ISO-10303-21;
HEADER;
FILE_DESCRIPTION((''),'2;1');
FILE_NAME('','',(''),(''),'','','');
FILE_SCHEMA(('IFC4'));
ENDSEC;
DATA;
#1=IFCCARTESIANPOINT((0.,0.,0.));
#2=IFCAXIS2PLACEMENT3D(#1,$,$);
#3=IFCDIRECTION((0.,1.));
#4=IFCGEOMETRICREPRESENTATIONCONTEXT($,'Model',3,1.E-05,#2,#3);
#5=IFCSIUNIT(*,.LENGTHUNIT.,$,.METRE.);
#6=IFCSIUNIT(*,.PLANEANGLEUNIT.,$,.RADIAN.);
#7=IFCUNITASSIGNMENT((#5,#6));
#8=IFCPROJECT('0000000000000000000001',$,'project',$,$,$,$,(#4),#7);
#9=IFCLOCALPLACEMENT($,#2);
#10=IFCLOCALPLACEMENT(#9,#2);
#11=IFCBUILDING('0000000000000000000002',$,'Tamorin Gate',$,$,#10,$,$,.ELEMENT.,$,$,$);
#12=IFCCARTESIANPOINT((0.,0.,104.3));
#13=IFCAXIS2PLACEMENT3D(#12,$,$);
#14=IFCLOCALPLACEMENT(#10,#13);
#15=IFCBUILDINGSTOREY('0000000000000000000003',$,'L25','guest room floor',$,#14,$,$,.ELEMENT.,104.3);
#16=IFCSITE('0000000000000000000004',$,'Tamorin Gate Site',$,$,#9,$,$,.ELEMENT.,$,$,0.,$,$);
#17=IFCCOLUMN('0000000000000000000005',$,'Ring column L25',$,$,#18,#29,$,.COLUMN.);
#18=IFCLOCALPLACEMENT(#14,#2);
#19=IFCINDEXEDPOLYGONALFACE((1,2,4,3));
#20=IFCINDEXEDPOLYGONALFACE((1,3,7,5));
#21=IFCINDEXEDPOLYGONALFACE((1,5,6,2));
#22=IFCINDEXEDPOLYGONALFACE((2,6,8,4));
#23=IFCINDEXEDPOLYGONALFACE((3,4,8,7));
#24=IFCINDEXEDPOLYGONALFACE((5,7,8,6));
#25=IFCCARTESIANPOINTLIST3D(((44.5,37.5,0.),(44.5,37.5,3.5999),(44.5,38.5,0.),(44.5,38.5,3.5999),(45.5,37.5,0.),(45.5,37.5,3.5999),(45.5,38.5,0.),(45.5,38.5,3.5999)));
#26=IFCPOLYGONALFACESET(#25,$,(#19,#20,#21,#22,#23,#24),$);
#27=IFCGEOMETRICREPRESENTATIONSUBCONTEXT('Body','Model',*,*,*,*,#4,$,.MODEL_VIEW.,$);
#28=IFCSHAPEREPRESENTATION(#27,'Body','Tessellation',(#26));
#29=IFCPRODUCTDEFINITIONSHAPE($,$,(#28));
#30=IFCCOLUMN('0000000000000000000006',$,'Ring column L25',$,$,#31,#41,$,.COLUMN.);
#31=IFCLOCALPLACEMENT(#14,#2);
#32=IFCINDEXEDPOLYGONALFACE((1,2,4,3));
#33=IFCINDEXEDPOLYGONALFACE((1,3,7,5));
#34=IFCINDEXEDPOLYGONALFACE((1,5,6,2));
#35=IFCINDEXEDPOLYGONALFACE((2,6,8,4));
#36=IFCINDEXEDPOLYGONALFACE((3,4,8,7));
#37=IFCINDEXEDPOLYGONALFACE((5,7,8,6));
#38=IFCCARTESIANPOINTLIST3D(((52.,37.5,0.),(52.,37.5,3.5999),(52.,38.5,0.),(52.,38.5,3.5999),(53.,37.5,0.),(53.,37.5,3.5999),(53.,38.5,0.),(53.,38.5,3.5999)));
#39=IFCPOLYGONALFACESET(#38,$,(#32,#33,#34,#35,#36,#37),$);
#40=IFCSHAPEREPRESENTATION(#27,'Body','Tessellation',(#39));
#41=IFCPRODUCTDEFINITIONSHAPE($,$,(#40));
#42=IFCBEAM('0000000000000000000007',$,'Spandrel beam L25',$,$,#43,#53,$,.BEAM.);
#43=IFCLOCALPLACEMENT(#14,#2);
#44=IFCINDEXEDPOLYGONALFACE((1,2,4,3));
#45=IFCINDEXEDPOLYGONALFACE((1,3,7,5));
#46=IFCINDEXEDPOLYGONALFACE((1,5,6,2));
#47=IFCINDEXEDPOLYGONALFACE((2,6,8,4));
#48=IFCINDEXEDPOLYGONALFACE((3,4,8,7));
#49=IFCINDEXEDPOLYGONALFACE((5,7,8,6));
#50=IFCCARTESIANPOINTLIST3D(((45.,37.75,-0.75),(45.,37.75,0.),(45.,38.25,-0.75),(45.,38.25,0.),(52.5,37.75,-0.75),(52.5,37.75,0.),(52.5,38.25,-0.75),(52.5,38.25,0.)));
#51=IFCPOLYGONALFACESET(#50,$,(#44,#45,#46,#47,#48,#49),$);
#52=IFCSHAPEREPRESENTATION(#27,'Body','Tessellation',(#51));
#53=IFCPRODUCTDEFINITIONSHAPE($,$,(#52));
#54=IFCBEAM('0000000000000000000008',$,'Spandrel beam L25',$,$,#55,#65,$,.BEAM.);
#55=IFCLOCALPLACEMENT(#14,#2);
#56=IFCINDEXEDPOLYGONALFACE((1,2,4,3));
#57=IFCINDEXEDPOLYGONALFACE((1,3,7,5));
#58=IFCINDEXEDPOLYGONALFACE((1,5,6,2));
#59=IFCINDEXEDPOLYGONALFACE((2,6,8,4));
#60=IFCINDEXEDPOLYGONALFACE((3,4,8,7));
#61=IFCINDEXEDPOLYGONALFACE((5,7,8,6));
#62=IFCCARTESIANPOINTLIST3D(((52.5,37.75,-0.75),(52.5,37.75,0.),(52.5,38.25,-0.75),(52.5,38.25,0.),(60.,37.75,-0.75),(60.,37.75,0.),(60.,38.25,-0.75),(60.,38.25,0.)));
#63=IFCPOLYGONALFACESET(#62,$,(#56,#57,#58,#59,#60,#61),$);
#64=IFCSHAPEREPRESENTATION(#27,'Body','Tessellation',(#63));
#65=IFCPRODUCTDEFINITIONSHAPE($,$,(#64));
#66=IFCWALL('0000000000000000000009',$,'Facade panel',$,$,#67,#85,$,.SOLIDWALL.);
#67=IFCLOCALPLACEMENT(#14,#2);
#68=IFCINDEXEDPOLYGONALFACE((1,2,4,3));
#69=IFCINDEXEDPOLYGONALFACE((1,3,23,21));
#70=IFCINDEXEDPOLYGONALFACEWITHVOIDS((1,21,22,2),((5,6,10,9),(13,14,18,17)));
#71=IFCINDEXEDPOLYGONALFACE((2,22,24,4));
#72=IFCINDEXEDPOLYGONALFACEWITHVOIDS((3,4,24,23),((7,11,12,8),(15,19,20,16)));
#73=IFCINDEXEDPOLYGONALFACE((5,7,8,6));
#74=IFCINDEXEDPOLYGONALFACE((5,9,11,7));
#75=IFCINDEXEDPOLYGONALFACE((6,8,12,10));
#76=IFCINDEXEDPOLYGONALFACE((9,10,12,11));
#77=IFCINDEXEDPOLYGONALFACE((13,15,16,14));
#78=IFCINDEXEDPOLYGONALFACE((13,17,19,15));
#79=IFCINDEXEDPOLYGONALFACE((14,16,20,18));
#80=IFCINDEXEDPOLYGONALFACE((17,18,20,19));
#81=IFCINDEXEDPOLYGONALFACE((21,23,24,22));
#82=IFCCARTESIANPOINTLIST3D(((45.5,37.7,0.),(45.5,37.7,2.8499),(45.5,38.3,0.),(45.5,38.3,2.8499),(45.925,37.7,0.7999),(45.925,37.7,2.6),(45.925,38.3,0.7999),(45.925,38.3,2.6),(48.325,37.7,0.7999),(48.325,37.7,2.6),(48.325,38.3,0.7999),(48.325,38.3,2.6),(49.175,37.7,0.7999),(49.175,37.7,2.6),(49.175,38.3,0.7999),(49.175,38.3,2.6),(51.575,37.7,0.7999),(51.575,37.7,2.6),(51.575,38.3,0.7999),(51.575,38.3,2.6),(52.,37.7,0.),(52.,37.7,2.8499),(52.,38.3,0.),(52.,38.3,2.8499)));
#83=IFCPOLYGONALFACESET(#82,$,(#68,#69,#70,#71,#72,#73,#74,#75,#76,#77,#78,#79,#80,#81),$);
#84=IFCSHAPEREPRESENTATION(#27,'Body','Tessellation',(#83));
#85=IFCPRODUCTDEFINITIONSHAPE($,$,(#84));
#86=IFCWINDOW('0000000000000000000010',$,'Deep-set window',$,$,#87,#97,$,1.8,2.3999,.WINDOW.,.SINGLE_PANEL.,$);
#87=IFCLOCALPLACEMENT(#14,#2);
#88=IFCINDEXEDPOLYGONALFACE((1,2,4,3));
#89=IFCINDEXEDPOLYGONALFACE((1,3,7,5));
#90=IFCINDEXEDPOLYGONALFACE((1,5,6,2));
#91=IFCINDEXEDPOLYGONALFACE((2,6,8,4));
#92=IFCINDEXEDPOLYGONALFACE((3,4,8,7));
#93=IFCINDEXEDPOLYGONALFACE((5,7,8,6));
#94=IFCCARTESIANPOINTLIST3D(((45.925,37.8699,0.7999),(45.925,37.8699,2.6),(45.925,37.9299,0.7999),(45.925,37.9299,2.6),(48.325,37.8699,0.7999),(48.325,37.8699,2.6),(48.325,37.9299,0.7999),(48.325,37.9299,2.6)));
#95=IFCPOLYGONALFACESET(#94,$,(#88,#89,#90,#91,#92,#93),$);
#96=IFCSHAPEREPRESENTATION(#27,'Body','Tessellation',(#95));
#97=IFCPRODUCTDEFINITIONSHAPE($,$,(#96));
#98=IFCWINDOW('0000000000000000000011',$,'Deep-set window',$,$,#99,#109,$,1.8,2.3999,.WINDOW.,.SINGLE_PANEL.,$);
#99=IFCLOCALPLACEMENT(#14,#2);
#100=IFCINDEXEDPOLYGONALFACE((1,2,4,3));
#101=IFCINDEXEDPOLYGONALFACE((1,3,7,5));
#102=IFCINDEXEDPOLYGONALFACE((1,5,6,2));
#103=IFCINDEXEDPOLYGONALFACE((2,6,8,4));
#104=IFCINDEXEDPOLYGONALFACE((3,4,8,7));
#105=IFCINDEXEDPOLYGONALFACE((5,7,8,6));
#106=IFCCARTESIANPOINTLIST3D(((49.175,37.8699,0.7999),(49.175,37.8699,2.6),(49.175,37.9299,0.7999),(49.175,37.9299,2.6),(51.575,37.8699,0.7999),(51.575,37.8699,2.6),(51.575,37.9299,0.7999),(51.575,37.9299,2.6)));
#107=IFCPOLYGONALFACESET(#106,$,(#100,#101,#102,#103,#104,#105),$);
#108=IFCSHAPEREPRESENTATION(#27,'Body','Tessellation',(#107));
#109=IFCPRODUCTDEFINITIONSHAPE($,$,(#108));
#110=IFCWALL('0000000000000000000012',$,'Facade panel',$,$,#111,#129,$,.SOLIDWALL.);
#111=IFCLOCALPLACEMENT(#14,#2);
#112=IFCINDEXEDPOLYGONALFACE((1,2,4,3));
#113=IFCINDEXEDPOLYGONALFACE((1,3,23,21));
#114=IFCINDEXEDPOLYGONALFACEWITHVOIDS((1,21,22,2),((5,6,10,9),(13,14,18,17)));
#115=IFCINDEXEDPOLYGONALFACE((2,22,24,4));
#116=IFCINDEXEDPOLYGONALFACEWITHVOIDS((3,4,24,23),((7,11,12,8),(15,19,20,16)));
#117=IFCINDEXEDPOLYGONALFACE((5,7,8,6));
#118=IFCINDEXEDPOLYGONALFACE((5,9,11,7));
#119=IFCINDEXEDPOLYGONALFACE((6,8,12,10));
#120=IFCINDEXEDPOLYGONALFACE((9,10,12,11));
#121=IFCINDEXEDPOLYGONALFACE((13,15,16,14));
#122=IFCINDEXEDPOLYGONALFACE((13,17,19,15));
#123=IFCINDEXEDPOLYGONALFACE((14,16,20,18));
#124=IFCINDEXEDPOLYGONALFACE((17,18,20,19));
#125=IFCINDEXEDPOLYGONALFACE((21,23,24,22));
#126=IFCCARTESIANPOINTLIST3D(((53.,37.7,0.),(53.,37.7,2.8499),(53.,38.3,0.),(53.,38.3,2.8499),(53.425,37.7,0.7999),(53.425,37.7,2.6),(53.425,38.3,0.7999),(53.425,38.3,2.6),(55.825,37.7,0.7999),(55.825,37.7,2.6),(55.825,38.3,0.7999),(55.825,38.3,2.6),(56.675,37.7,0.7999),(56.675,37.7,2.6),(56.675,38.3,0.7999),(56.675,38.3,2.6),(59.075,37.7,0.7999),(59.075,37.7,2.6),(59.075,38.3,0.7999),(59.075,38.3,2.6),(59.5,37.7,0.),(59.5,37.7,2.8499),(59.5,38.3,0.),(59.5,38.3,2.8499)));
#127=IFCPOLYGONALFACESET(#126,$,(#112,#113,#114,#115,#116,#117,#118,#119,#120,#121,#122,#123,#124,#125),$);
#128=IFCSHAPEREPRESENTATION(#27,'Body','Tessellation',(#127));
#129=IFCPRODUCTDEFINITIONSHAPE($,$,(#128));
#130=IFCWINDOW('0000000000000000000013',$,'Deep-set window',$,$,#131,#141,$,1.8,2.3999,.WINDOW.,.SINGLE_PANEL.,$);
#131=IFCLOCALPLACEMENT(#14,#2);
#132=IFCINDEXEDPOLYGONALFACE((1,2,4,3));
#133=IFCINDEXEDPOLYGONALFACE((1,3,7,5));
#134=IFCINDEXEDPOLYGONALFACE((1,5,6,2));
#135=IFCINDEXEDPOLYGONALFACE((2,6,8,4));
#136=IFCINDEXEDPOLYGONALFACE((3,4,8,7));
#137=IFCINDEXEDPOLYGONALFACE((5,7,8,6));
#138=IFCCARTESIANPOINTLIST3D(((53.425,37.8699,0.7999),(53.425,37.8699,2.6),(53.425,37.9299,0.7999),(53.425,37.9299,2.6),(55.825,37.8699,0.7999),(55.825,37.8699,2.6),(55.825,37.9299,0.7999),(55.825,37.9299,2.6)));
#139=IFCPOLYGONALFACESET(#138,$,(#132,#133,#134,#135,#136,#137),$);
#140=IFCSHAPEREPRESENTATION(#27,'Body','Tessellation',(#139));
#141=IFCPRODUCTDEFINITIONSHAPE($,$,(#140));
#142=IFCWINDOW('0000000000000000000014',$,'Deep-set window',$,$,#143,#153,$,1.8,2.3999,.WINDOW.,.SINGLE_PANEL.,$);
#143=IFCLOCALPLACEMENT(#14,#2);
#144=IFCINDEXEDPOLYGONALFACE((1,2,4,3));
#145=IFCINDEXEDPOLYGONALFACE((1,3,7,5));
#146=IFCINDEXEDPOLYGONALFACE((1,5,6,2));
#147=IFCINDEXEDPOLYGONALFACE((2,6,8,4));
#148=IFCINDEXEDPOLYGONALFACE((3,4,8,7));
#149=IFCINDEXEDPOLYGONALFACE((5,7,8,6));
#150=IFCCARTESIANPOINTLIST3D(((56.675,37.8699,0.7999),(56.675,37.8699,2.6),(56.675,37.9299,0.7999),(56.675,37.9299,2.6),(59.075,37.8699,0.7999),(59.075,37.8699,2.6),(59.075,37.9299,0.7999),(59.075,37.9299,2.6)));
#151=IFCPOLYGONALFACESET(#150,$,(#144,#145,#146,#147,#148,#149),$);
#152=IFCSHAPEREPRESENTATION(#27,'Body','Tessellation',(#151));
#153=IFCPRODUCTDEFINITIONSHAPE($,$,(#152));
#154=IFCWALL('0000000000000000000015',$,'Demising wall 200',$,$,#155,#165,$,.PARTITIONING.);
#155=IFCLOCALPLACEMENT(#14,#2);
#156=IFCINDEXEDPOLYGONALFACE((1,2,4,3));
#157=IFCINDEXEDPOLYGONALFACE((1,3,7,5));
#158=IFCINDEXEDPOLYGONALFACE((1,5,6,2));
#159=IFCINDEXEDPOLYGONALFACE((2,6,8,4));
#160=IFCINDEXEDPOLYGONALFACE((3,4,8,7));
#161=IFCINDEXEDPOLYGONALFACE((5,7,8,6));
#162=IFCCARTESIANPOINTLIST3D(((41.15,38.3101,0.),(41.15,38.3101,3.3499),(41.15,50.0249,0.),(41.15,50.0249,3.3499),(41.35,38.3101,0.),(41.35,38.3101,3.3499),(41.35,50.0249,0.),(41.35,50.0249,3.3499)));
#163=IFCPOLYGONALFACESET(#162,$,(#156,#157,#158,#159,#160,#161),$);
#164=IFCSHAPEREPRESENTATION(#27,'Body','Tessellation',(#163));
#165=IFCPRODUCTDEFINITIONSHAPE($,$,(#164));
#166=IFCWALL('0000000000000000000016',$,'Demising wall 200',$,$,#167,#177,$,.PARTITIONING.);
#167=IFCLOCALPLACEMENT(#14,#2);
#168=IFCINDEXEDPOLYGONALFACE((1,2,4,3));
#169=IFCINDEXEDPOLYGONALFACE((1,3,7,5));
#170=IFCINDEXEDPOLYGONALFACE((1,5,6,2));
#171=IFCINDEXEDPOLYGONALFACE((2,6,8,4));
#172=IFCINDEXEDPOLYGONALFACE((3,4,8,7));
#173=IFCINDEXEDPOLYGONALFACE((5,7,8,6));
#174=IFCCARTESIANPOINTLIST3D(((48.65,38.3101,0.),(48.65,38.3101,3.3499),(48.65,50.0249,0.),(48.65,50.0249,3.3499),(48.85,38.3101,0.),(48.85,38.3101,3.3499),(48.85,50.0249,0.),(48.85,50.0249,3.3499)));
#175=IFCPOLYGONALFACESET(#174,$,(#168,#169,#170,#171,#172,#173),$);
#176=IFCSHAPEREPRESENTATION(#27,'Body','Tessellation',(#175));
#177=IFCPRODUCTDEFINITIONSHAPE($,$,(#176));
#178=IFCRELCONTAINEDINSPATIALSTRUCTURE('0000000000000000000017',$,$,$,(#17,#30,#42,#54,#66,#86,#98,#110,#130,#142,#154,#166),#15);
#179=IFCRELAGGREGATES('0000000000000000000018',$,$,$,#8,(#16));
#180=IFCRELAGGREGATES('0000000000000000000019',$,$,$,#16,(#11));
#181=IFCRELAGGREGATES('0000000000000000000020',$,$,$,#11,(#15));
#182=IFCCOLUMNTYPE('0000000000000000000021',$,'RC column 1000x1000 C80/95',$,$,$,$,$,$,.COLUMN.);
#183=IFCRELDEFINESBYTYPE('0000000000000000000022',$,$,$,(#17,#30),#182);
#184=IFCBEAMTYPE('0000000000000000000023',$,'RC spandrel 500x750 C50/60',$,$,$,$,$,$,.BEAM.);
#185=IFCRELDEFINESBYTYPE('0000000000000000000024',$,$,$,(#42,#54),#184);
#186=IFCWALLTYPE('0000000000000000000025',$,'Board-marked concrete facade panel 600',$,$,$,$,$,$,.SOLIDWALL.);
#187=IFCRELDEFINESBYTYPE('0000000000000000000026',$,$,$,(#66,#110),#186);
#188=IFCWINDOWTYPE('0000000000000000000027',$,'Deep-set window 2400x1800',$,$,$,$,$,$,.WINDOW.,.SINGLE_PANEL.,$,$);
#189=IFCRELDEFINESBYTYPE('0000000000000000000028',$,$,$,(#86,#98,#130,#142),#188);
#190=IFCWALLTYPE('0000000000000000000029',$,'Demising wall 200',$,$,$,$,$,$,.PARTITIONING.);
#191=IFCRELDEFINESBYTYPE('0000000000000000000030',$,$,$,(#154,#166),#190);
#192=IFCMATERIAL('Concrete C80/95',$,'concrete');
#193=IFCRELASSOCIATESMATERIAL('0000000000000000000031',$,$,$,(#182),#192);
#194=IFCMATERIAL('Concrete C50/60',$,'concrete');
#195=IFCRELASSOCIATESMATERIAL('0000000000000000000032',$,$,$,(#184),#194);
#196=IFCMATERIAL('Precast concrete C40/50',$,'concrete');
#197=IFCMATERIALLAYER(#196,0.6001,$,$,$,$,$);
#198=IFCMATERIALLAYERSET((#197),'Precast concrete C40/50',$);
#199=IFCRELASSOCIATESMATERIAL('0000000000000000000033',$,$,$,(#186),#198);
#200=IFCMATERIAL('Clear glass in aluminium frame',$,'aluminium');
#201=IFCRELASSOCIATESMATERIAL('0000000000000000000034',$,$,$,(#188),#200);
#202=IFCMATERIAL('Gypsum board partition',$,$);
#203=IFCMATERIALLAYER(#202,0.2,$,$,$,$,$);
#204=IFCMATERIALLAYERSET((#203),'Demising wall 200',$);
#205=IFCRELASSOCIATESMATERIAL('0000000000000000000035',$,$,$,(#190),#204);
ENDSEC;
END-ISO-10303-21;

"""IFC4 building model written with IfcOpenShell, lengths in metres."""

from ifc_helpers import new_model, si_unit, direction, frame, frame_2d, origin, origin_2d, place, context, subcontext, project, spatial, rectangle, extrude, material, layer, layer_set, material_profile, profile_set, type_object, element, fill, save


model = new_model("IFC4")

# Units and contexts
model_context = context("Model", 3, precision=1e-05, world=origin(), true_north=direction((0.0, 1.0)))
body_context = subcontext(model_context, "Body", "Model", "MODEL_VIEW")
ifc_project = project(units=[si_unit("LENGTHUNIT", "METRE"), si_unit("PLANEANGLEUNIT", "RADIAN")], contexts=[model_context])

# Site, building, storey
site_placement = place(None, origin())
site = spatial("IfcSite", under=ifc_project, at=site_placement, Name="Tamorin Gate Site", CompositionType="ELEMENT", RefElevation=0.0)
building_placement = place(site_placement, origin())
building = spatial("IfcBuilding", under=site, at=building_placement, Name="Tamorin Gate", CompositionType="ELEMENT")
storey_placement = place(building_placement, frame((0.0, 0.0, 104.3)))
storey = spatial("IfcBuildingStorey", under=building, at=storey_placement, Name="L25", Description="guest room floor", CompositionType="ELEMENT", Elevation=104.3)

# Columns
ifc_material_1 = material(Name="Concrete C80/95", Category="concrete")
ifc_material_profile_1 = material_profile(ifc_material_1, rectangle(XDim=1.0, YDim=1.0, at=origin_2d()), Name="RC 1000x1000")
ifc_profile_set_1 = profile_set([ifc_material_profile_1], Name="Concrete C80/95")
column_type = type_object("IfcColumnType", Name="RC column 1000x1000 C80/95", PredefinedType="COLUMN", material=ifc_profile_set_1)
for number, where, z_axis, x_axis, name in (
    (1, (45.0, 38.0, 0.0), (0.0, 0.0, 1.0), (1.0, 0.0, 0.0), "Ring column L25"),
    (2, (52.5, 38.0, 0.0), (0.0, 0.0, 1.0), (1.0, 0.0, 0.0), "Ring column L25"),
):
    element("IfcColumn", number, at=place(storey_placement, frame(where, z_axis=z_axis, x_axis=x_axis)), inside=storey, type_object=column_type, Name=name, PredefinedType="COLUMN", context=body_context, shape_type="SweptSolid", body=[
        extrude(rectangle(XDim=1.0, YDim=1.0, at=origin_2d()), origin(), (0.0, 0.0, 1.0), 3.5999),
    ])

# Beams
ifc_material_2 = material(Name="Concrete C50/60", Category="concrete")
ifc_material_profile_2 = material_profile(ifc_material_2, rectangle(XDim=0.5, YDim=0.75, at=origin_2d()), Name="RC 500x750")
ifc_profile_set_2 = profile_set([ifc_material_profile_2], Name="Concrete C50/60")
beam_type = type_object("IfcBeamType", Name="RC spandrel 500x750 C50/60", PredefinedType="BEAM", material=ifc_profile_set_2)
for number, where, z_axis, x_axis, name in (
    (3, (45.0, 38.0, -0.375), (1.0, 0.0, 0.0), (0.0, 1.0, 0.0), "Spandrel beam L25"),
    (4, (52.5, 38.0, -0.375), (1.0, 0.0, 0.0), (0.0, 1.0, 0.0), "Spandrel beam L25"),
):
    element("IfcBeam", number, at=place(storey_placement, frame(where, z_axis=z_axis, x_axis=x_axis)), inside=storey, type_object=beam_type, Name=name, PredefinedType="BEAM", context=body_context, shape_type="SweptSolid", body=[
        extrude(rectangle(XDim=0.5, YDim=0.75, at=origin_2d()), origin(), (0.0, 0.0, 1.0), 7.5),
    ])

# Walls, openings, windows
ifc_material_3 = material(Name="Precast concrete C40/50", Category="concrete")
ifc_layer_1 = layer(ifc_material_3, 0.6001)
ifc_layer_set_1 = layer_set([ifc_layer_1], Name="Precast concrete C40/50")
wall_type_1 = type_object("IfcWallType", Name="Board-marked concrete facade panel 600", PredefinedType="SOLIDWALL", material=ifc_layer_set_1)
wall_1_placement = place(storey_placement, frame((45.5, 38.0, 0.0), z_axis=(0.0, 0.0, 1.0), x_axis=(1.0, 0.0, 0.0)))
wall_1 = element("IfcWall", 5, at=wall_1_placement, inside=storey, type_object=wall_type_1, Name="Facade panel", PredefinedType="SOLIDWALL", context=body_context, shape_type="SweptSolid", body=[
    extrude(rectangle(XDim=6.5, YDim=0.6001, at=frame_2d((3.25, 0.0))), origin(), (0.0, 0.0, 1.0), 2.8499),
])
opening_1_placement = place(wall_1_placement, frame((0.425, 0.0, 0.8)))
opening_1 = element("IfcOpeningElement", 6, at=opening_1_placement, cuts=wall_1, PredefinedType="OPENING", context=body_context, shape_type="SweptSolid", body=[
    extrude(rectangle(XDim=2.3999, YDim=1.8, at=frame_2d((1.2, 0.8999))), frame((0.0, 0.3101, 0.0), z_axis=(0.0, -1.0, 0.0), x_axis=(1.0, 0.0, 0.0)), (0.0, 0.0, 1.0), 0.6201),
])
opening_2_placement = place(wall_1_placement, frame((3.675, 0.0, 0.8)))
opening_2 = element("IfcOpeningElement", 7, at=opening_2_placement, cuts=wall_1, PredefinedType="OPENING", context=body_context, shape_type="SweptSolid", body=[
    extrude(rectangle(XDim=2.3999, YDim=1.8, at=frame_2d((1.2, 0.8999))), frame((0.0, 0.3101, 0.0), z_axis=(0.0, -1.0, 0.0), x_axis=(1.0, 0.0, 0.0)), (0.0, 0.0, 1.0), 0.6201),
])
ifc_material_4 = material(Name="Clear glass in aluminium frame", Category="aluminium")
window_type = type_object("IfcWindowType", Name="Deep-set window 2400x1800", PartitioningType="SINGLE_PANEL", PredefinedType="WINDOW", material=ifc_material_4)
window_1_placement = place(opening_1_placement, origin())
window_1 = element("IfcWindow", 8, at=window_1_placement, inside=storey, type_object=window_type, Name="Deep-set window", OverallHeight=1.8, OverallWidth=2.3999, PartitioningType="SINGLE_PANEL", PredefinedType="WINDOW", context=body_context, shape_type="SweptSolid", body=[
    extrude(rectangle(XDim=2.3999, YDim=1.8, at=frame_2d((1.2, 0.8999))), frame((0.0, -0.0701, 0.0), z_axis=(0.0, -1.0, 0.0), x_axis=(1.0, 0.0, 0.0)), (0.0, 0.0, 1.0), 0.0601),
])
fill(opening_1, window_1)
window_2_placement = place(opening_2_placement, origin())
window_2 = element("IfcWindow", 9, at=window_2_placement, inside=storey, type_object=window_type, Name="Deep-set window", OverallHeight=1.8, OverallWidth=2.3999, PartitioningType="SINGLE_PANEL", PredefinedType="WINDOW", context=body_context, shape_type="SweptSolid", body=[
    extrude(rectangle(XDim=2.3999, YDim=1.8, at=frame_2d((1.2, 0.8999))), frame((0.0, -0.0701, 0.0), z_axis=(0.0, -1.0, 0.0), x_axis=(1.0, 0.0, 0.0)), (0.0, 0.0, 1.0), 0.0601),
])
fill(opening_2, window_2)
wall_2_placement = place(storey_placement, frame((53.0, 38.0, 0.0), z_axis=(0.0, 0.0, 1.0), x_axis=(1.0, 0.0, 0.0)))
wall_2 = element("IfcWall", 10, at=wall_2_placement, inside=storey, type_object=wall_type_1, Name="Facade panel", PredefinedType="SOLIDWALL", context=body_context, shape_type="SweptSolid", body=[
    extrude(rectangle(XDim=6.5, YDim=0.6001, at=frame_2d((3.25, 0.0))), origin(), (0.0, 0.0, 1.0), 2.8499),
])
opening_3_placement = place(wall_2_placement, frame((0.425, 0.0, 0.8)))
opening_3 = element("IfcOpeningElement", 11, at=opening_3_placement, cuts=wall_2, PredefinedType="OPENING", context=body_context, shape_type="SweptSolid", body=[
    extrude(rectangle(XDim=2.3999, YDim=1.8, at=frame_2d((1.2, 0.8999))), frame((0.0, 0.3101, 0.0), z_axis=(0.0, -1.0, 0.0), x_axis=(1.0, 0.0, 0.0)), (0.0, 0.0, 1.0), 0.6201),
])
opening_4_placement = place(wall_2_placement, frame((3.675, 0.0, 0.8)))
opening_4 = element("IfcOpeningElement", 12, at=opening_4_placement, cuts=wall_2, PredefinedType="OPENING", context=body_context, shape_type="SweptSolid", body=[
    extrude(rectangle(XDim=2.3999, YDim=1.8, at=frame_2d((1.2, 0.8999))), frame((0.0, 0.3101, 0.0), z_axis=(0.0, -1.0, 0.0), x_axis=(1.0, 0.0, 0.0)), (0.0, 0.0, 1.0), 0.6201),
])
window_3_placement = place(opening_3_placement, origin())
window_3 = element("IfcWindow", 13, at=window_3_placement, inside=storey, type_object=window_type, Name="Deep-set window", OverallHeight=1.8, OverallWidth=2.3999, PartitioningType="SINGLE_PANEL", PredefinedType="WINDOW", context=body_context, shape_type="SweptSolid", body=[
    extrude(rectangle(XDim=2.3999, YDim=1.8, at=frame_2d((1.2, 0.8999))), frame((0.0, -0.0701, 0.0), z_axis=(0.0, -1.0, 0.0), x_axis=(1.0, 0.0, 0.0)), (0.0, 0.0, 1.0), 0.0601),
])
fill(opening_3, window_3)
window_4_placement = place(opening_4_placement, origin())
window_4 = element("IfcWindow", 14, at=window_4_placement, inside=storey, type_object=window_type, Name="Deep-set window", OverallHeight=1.8, OverallWidth=2.3999, PartitioningType="SINGLE_PANEL", PredefinedType="WINDOW", context=body_context, shape_type="SweptSolid", body=[
    extrude(rectangle(XDim=2.3999, YDim=1.8, at=frame_2d((1.2, 0.8999))), frame((0.0, -0.0701, 0.0), z_axis=(0.0, -1.0, 0.0), x_axis=(1.0, 0.0, 0.0)), (0.0, 0.0, 1.0), 0.0601),
])
fill(opening_4, window_4)

# Walls
ifc_material_5 = material(Name="Gypsum board partition")
ifc_layer_2 = layer(ifc_material_5, 0.2)
ifc_layer_set_2 = layer_set([ifc_layer_2], Name="Demising wall 200")
wall_type_2 = type_object("IfcWallType", Name="Demising wall 200", PredefinedType="PARTITIONING", material=ifc_layer_set_2)
for number, where, z_axis, x_axis, name in (
    (15, (41.25, 38.3101, 0.0), (0.0, 0.0, 1.0), (0.0, 1.0, 0.0), "Demising wall 200"),
    (16, (48.75, 38.3101, 0.0), (0.0, 0.0, 1.0), (0.0, 1.0, 0.0), "Demising wall 200"),
):
    element("IfcWall", number, at=place(storey_placement, frame(where, z_axis=z_axis, x_axis=x_axis)), inside=storey, type_object=wall_type_2, Name=name, PredefinedType="PARTITIONING", context=body_context, shape_type="SweptSolid", body=[
        extrude(rectangle(XDim=11.7148, YDim=0.2, at=frame_2d((5.8574, 0.0))), origin(), (0.0, 0.0, 1.0), 3.3499),
    ])

save(model, "model.ifc")
